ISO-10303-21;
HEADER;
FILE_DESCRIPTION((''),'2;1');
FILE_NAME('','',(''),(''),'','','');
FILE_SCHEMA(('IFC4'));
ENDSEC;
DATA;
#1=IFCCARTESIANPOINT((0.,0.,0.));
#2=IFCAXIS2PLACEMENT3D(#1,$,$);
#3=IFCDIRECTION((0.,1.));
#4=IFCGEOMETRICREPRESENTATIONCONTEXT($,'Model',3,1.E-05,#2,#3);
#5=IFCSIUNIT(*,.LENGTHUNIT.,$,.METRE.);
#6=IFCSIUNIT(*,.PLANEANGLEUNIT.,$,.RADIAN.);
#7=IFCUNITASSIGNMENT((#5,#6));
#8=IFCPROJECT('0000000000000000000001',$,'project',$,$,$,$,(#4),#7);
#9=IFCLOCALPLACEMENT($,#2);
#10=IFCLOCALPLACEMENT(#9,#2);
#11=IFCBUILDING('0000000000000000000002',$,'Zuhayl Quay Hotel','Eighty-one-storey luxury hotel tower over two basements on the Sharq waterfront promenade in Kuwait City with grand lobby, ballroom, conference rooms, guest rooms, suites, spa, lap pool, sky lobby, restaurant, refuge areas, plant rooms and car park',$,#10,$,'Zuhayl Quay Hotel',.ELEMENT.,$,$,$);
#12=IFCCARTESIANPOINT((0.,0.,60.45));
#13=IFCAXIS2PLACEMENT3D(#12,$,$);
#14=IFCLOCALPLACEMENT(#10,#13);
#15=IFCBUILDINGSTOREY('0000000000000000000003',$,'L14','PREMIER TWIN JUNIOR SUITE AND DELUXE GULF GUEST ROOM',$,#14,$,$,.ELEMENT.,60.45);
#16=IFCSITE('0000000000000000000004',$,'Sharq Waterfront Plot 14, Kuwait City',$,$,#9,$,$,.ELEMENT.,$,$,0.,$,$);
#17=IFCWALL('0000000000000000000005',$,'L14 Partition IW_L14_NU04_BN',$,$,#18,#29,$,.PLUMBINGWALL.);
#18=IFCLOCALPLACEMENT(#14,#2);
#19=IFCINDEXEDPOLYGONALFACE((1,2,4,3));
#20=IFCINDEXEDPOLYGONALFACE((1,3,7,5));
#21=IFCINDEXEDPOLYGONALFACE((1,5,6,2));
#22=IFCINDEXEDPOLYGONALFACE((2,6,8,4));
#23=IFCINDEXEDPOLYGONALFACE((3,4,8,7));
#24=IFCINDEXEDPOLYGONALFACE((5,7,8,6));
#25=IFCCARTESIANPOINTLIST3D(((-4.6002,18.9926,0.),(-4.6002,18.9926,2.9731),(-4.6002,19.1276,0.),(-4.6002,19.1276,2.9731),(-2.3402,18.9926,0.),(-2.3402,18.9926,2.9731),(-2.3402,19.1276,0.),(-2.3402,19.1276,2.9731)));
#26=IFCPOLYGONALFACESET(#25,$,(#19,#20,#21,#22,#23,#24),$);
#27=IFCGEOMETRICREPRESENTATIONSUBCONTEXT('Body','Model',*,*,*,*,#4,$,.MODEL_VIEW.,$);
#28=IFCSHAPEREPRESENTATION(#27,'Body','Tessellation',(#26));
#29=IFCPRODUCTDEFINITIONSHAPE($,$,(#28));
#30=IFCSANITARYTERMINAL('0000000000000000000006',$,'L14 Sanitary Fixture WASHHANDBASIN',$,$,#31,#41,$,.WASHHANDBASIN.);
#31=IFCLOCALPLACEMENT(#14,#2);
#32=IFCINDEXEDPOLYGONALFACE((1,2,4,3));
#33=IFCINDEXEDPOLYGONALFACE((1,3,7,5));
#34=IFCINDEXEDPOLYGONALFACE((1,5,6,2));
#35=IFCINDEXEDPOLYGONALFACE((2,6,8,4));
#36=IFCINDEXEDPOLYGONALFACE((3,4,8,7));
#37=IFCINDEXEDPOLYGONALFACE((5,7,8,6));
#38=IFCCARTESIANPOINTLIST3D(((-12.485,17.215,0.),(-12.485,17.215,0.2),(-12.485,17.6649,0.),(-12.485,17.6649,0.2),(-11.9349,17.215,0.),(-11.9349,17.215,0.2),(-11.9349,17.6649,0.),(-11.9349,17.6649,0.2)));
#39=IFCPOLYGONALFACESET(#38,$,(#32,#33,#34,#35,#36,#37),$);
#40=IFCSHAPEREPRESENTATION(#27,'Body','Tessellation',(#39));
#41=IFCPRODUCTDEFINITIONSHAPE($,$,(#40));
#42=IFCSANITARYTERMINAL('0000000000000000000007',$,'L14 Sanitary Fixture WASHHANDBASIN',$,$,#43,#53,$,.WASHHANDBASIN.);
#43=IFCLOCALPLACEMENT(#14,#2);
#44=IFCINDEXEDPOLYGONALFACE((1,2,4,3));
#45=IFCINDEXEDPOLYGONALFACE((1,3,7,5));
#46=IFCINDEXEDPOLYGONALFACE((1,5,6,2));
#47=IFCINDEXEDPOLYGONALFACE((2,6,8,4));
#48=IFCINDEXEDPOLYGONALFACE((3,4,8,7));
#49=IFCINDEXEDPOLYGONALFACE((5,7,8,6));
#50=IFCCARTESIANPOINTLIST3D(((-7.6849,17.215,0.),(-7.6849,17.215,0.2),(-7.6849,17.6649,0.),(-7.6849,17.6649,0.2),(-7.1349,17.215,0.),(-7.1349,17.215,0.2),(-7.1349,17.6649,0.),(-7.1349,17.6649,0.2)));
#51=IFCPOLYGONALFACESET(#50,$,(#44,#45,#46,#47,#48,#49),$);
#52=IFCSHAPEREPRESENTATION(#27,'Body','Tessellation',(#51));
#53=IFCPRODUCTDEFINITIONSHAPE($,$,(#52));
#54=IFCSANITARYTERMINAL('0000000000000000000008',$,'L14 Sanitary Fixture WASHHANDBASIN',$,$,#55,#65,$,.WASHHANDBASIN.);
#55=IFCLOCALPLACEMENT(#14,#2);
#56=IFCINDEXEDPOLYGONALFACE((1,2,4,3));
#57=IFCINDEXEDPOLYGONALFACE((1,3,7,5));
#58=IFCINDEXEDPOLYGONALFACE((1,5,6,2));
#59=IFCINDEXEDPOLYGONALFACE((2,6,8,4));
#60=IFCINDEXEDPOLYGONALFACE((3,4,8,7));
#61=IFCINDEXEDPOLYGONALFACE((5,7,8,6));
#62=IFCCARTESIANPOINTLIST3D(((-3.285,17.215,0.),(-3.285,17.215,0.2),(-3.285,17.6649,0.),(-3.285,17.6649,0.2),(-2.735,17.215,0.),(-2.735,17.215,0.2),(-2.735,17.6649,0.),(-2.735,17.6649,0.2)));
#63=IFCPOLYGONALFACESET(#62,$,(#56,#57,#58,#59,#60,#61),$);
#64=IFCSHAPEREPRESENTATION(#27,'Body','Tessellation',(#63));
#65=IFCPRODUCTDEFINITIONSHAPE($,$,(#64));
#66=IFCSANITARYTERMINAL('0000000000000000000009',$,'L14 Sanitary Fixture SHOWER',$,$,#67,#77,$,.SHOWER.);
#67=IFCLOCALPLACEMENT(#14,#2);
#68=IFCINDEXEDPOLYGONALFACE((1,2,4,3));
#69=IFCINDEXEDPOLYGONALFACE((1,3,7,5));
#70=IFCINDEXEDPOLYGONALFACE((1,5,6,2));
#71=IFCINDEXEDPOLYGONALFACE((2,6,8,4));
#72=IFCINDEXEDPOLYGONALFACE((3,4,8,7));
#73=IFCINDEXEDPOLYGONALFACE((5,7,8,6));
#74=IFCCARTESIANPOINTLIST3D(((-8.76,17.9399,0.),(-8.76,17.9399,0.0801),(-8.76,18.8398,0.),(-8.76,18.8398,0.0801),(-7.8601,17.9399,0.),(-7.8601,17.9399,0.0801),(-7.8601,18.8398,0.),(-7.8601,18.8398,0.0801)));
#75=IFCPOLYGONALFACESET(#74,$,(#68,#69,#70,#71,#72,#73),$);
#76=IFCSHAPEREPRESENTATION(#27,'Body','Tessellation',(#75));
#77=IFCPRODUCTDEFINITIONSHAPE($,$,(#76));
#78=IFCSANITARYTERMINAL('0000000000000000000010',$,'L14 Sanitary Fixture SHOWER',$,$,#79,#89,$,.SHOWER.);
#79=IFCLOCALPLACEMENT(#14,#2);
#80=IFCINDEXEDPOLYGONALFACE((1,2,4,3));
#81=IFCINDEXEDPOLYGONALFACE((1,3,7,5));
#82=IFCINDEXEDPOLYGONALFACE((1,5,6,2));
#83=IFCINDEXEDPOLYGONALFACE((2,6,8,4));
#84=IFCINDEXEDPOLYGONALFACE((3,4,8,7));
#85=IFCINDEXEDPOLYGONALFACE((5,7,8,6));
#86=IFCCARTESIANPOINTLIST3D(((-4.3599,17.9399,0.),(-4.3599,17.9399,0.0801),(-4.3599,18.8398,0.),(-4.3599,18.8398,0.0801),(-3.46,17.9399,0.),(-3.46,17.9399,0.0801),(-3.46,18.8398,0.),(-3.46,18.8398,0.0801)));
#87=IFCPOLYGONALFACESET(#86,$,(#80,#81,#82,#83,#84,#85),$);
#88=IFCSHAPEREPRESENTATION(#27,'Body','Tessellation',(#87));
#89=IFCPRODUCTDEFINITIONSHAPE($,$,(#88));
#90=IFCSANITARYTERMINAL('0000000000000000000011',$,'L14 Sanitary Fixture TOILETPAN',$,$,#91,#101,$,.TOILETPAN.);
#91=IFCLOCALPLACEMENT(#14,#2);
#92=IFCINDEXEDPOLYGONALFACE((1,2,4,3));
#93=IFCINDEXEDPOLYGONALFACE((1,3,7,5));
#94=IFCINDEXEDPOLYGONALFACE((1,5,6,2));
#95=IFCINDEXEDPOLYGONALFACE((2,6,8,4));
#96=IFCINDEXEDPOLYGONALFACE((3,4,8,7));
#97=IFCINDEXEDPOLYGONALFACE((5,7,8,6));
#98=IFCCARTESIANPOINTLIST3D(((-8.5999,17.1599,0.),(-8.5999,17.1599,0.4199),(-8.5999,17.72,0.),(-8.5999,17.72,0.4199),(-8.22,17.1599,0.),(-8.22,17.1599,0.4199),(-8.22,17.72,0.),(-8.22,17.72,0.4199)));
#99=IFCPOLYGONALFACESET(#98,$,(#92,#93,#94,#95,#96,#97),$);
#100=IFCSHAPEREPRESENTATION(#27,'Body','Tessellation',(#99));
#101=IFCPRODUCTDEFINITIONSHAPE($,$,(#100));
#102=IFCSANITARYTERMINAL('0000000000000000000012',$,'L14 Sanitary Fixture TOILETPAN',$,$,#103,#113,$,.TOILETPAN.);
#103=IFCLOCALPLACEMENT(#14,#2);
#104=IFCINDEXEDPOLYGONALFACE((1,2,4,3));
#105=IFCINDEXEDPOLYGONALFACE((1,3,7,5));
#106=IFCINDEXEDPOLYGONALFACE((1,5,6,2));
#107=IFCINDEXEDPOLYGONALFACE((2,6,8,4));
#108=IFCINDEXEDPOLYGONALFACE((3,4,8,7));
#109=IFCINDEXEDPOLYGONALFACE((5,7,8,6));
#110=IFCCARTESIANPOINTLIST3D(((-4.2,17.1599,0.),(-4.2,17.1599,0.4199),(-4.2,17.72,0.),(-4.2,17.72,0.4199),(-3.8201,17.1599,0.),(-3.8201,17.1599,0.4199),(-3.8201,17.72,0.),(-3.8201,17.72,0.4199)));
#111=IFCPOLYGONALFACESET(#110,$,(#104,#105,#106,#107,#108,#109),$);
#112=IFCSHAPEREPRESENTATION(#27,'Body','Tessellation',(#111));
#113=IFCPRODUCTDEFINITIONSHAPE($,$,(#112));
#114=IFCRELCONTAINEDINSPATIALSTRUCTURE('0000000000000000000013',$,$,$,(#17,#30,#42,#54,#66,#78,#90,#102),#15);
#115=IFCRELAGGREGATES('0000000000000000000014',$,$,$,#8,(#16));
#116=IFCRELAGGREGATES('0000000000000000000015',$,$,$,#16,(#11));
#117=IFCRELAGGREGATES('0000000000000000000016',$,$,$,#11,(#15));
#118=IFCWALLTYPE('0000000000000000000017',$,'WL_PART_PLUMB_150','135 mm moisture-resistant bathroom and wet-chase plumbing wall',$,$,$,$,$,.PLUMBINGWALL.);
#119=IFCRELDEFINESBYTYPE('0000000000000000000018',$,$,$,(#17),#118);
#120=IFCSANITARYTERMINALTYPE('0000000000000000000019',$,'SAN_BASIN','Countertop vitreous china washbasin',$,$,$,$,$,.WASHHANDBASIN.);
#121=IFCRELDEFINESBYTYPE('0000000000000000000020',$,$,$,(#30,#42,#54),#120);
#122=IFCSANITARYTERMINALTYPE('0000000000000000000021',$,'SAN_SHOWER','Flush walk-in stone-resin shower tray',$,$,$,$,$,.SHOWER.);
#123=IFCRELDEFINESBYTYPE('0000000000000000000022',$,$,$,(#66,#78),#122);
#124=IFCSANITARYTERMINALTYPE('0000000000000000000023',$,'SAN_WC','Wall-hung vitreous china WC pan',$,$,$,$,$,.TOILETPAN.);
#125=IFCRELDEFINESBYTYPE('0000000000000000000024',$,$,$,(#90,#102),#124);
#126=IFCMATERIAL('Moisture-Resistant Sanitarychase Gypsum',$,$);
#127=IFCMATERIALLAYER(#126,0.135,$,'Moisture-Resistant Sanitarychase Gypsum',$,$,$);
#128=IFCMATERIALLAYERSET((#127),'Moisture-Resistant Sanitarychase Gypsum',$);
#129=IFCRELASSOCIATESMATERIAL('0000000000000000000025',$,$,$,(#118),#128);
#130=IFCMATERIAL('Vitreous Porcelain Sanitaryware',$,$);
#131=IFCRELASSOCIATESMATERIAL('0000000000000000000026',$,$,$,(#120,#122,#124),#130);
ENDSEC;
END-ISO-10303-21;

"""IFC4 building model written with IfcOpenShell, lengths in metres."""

from ifc_helpers import new_model, si_unit, direction, frame, frame_2d, origin, origin_2d, place, context, subcontext, project, spatial, rectangle, extrude, material, layer, layer_set, type_object, element, save


model = new_model("IFC4")

# Units and contexts
model_context = context("Model", 3, precision=1e-05, world=origin(), true_north=direction((0.0, 1.0)))
body_context = subcontext(model_context, "Body", "Model", "MODEL_VIEW")
ifc_project = project(units=[si_unit("LENGTHUNIT", "METRE"), si_unit("PLANEANGLEUNIT", "RADIAN")], contexts=[model_context])

# Site, building, storey
site_placement = place(None, origin())
site = spatial("IfcSite", under=ifc_project, at=site_placement, Name="Sharq Waterfront Plot 14, Kuwait City", CompositionType="ELEMENT", RefElevation=0.0)
building_placement = place(site_placement, origin())
building = spatial("IfcBuilding", under=site, at=building_placement, Name="Zuhayl Quay Hotel", Description="Eighty-one-storey luxury hotel tower over two basements on the Sharq waterfront promenade in Kuwait City with grand lobby, ballroom, conference rooms, guest rooms, suites, spa, lap pool, sky lobby, restaurant, refuge areas, plant rooms and car park", LongName="Zuhayl Quay Hotel", CompositionType="ELEMENT")
storey_placement = place(building_placement, frame((0.0, 0.0, 60.45)))
storey = spatial("IfcBuildingStorey", under=building, at=storey_placement, Name="L14", Description="PREMIER TWIN JUNIOR SUITE AND DELUXE GULF GUEST ROOM", CompositionType="ELEMENT", Elevation=60.45)

# Shared definitions
ifc_material_1 = material(Name="Moisture-Resistant Sanitarychase Gypsum")
ifc_layer_1 = layer(ifc_material_1, 0.135, Name="Moisture-Resistant Sanitarychase Gypsum")
ifc_layer_set_1 = layer_set([ifc_layer_1], Name="Moisture-Resistant Sanitarychase Gypsum")
wall_type_1 = type_object("IfcWallType", Name="WL_PART_PLUMB_150", Description="135 mm moisture-resistant bathroom and wet-chase plumbing wall", PredefinedType="PLUMBINGWALL", material=ifc_layer_set_1)

# Wall
for number, where, z_axis, x_axis, name in (
    (1, (-4.6001, 19.0601, 0.0), (0.0, 0.0, 1.0), (1.0, 0.0, 0.0), "L14 Partition IW_L14_NU04_BN"),
):
    element("IfcWall", number, at=place(storey_placement, frame(where, z_axis=z_axis, x_axis=x_axis)), inside=storey, type_object=wall_type_1, Name=name, PredefinedType="PLUMBINGWALL", context=body_context, shape_type="SweptSolid", body=[
        extrude(rectangle(XDim=2.26, YDim=0.135, at=frame_2d((1.1299, 0.0))), origin(), (0.0, 0.0, 1.0), 2.9731),
    ])

# Sanitary terminals
ifc_material_2 = material(Name="Vitreous Porcelain Sanitaryware")
sanitary_terminal_type_1 = type_object("IfcSanitaryTerminalType", Name="SAN_BASIN", Description="Countertop vitreous china washbasin", PredefinedType="WASHHANDBASIN", material=ifc_material_2)
for number, where, z_axis, x_axis, name in (
    (2, (-12.21, 17.4399, 0.0), (0.0, 0.0, 1.0), (1.0, 0.0, 0.0), "L14 Sanitary Fixture WASHHANDBASIN"),
    (3, (-7.4099, 17.4399, 0.0), (0.0, 0.0, 1.0), (1.0, 0.0, 0.0), "L14 Sanitary Fixture WASHHANDBASIN"),
    (4, (-3.01, 17.4399, 0.0), (0.0, 0.0, 1.0), (1.0, 0.0, 0.0), "L14 Sanitary Fixture WASHHANDBASIN"),
):
    element("IfcSanitaryTerminal", number, at=place(storey_placement, frame(where, z_axis=z_axis, x_axis=x_axis)), inside=storey, type_object=sanitary_terminal_type_1, Name=name, PredefinedType="WASHHANDBASIN", context=body_context, shape_type="SweptSolid", body=[
        extrude(rectangle(XDim=0.55, YDim=0.45, at=origin_2d()), origin(), (0.0, 0.0, 1.0), 0.2),
    ])
sanitary_terminal_type_2 = type_object("IfcSanitaryTerminalType", Name="SAN_SHOWER", Description="Flush walk-in stone-resin shower tray", PredefinedType="SHOWER", material=ifc_material_2)
for number, where, z_axis, x_axis, name in (
    (5, (-8.3101, 18.3899, 0.0), (0.0, 0.0, 1.0), (1.0, 0.0, 0.0), "L14 Sanitary Fixture SHOWER"),
    (6, (-3.9099, 18.3899, 0.0), (0.0, 0.0, 1.0), (1.0, 0.0, 0.0), "L14 Sanitary Fixture SHOWER"),
):
    element("IfcSanitaryTerminal", number, at=place(storey_placement, frame(where, z_axis=z_axis, x_axis=x_axis)), inside=storey, type_object=sanitary_terminal_type_2, Name=name, PredefinedType="SHOWER", context=body_context, shape_type="SweptSolid", body=[
        extrude(rectangle(XDim=0.8999, YDim=0.8999, at=origin_2d()), origin(), (0.0, 0.0, 1.0), 0.0801),
    ])
sanitary_terminal_type_3 = type_object("IfcSanitaryTerminalType", Name="SAN_WC", Description="Wall-hung vitreous china WC pan", PredefinedType="TOILETPAN", material=ifc_material_2)
for number, where, z_axis, x_axis, name in (
    (7, (-8.4099, 17.4399, 0.0), (0.0, 0.0, 1.0), (1.0, 0.0, 0.0), "L14 Sanitary Fixture TOILETPAN"),
    (8, (-4.01, 17.4399, 0.0), (0.0, 0.0, 1.0), (1.0, 0.0, 0.0), "L14 Sanitary Fixture TOILETPAN"),
):
    element("IfcSanitaryTerminal", number, at=place(storey_placement, frame(where, z_axis=z_axis, x_axis=x_axis)), inside=storey, type_object=sanitary_terminal_type_3, Name=name, PredefinedType="TOILETPAN", context=body_context, shape_type="SweptSolid", body=[
        extrude(rectangle(XDim=0.3799, YDim=0.5601, at=origin_2d()), origin(), (0.0, 0.0, 1.0), 0.4199),
    ])

save(model, "model.ifc")
